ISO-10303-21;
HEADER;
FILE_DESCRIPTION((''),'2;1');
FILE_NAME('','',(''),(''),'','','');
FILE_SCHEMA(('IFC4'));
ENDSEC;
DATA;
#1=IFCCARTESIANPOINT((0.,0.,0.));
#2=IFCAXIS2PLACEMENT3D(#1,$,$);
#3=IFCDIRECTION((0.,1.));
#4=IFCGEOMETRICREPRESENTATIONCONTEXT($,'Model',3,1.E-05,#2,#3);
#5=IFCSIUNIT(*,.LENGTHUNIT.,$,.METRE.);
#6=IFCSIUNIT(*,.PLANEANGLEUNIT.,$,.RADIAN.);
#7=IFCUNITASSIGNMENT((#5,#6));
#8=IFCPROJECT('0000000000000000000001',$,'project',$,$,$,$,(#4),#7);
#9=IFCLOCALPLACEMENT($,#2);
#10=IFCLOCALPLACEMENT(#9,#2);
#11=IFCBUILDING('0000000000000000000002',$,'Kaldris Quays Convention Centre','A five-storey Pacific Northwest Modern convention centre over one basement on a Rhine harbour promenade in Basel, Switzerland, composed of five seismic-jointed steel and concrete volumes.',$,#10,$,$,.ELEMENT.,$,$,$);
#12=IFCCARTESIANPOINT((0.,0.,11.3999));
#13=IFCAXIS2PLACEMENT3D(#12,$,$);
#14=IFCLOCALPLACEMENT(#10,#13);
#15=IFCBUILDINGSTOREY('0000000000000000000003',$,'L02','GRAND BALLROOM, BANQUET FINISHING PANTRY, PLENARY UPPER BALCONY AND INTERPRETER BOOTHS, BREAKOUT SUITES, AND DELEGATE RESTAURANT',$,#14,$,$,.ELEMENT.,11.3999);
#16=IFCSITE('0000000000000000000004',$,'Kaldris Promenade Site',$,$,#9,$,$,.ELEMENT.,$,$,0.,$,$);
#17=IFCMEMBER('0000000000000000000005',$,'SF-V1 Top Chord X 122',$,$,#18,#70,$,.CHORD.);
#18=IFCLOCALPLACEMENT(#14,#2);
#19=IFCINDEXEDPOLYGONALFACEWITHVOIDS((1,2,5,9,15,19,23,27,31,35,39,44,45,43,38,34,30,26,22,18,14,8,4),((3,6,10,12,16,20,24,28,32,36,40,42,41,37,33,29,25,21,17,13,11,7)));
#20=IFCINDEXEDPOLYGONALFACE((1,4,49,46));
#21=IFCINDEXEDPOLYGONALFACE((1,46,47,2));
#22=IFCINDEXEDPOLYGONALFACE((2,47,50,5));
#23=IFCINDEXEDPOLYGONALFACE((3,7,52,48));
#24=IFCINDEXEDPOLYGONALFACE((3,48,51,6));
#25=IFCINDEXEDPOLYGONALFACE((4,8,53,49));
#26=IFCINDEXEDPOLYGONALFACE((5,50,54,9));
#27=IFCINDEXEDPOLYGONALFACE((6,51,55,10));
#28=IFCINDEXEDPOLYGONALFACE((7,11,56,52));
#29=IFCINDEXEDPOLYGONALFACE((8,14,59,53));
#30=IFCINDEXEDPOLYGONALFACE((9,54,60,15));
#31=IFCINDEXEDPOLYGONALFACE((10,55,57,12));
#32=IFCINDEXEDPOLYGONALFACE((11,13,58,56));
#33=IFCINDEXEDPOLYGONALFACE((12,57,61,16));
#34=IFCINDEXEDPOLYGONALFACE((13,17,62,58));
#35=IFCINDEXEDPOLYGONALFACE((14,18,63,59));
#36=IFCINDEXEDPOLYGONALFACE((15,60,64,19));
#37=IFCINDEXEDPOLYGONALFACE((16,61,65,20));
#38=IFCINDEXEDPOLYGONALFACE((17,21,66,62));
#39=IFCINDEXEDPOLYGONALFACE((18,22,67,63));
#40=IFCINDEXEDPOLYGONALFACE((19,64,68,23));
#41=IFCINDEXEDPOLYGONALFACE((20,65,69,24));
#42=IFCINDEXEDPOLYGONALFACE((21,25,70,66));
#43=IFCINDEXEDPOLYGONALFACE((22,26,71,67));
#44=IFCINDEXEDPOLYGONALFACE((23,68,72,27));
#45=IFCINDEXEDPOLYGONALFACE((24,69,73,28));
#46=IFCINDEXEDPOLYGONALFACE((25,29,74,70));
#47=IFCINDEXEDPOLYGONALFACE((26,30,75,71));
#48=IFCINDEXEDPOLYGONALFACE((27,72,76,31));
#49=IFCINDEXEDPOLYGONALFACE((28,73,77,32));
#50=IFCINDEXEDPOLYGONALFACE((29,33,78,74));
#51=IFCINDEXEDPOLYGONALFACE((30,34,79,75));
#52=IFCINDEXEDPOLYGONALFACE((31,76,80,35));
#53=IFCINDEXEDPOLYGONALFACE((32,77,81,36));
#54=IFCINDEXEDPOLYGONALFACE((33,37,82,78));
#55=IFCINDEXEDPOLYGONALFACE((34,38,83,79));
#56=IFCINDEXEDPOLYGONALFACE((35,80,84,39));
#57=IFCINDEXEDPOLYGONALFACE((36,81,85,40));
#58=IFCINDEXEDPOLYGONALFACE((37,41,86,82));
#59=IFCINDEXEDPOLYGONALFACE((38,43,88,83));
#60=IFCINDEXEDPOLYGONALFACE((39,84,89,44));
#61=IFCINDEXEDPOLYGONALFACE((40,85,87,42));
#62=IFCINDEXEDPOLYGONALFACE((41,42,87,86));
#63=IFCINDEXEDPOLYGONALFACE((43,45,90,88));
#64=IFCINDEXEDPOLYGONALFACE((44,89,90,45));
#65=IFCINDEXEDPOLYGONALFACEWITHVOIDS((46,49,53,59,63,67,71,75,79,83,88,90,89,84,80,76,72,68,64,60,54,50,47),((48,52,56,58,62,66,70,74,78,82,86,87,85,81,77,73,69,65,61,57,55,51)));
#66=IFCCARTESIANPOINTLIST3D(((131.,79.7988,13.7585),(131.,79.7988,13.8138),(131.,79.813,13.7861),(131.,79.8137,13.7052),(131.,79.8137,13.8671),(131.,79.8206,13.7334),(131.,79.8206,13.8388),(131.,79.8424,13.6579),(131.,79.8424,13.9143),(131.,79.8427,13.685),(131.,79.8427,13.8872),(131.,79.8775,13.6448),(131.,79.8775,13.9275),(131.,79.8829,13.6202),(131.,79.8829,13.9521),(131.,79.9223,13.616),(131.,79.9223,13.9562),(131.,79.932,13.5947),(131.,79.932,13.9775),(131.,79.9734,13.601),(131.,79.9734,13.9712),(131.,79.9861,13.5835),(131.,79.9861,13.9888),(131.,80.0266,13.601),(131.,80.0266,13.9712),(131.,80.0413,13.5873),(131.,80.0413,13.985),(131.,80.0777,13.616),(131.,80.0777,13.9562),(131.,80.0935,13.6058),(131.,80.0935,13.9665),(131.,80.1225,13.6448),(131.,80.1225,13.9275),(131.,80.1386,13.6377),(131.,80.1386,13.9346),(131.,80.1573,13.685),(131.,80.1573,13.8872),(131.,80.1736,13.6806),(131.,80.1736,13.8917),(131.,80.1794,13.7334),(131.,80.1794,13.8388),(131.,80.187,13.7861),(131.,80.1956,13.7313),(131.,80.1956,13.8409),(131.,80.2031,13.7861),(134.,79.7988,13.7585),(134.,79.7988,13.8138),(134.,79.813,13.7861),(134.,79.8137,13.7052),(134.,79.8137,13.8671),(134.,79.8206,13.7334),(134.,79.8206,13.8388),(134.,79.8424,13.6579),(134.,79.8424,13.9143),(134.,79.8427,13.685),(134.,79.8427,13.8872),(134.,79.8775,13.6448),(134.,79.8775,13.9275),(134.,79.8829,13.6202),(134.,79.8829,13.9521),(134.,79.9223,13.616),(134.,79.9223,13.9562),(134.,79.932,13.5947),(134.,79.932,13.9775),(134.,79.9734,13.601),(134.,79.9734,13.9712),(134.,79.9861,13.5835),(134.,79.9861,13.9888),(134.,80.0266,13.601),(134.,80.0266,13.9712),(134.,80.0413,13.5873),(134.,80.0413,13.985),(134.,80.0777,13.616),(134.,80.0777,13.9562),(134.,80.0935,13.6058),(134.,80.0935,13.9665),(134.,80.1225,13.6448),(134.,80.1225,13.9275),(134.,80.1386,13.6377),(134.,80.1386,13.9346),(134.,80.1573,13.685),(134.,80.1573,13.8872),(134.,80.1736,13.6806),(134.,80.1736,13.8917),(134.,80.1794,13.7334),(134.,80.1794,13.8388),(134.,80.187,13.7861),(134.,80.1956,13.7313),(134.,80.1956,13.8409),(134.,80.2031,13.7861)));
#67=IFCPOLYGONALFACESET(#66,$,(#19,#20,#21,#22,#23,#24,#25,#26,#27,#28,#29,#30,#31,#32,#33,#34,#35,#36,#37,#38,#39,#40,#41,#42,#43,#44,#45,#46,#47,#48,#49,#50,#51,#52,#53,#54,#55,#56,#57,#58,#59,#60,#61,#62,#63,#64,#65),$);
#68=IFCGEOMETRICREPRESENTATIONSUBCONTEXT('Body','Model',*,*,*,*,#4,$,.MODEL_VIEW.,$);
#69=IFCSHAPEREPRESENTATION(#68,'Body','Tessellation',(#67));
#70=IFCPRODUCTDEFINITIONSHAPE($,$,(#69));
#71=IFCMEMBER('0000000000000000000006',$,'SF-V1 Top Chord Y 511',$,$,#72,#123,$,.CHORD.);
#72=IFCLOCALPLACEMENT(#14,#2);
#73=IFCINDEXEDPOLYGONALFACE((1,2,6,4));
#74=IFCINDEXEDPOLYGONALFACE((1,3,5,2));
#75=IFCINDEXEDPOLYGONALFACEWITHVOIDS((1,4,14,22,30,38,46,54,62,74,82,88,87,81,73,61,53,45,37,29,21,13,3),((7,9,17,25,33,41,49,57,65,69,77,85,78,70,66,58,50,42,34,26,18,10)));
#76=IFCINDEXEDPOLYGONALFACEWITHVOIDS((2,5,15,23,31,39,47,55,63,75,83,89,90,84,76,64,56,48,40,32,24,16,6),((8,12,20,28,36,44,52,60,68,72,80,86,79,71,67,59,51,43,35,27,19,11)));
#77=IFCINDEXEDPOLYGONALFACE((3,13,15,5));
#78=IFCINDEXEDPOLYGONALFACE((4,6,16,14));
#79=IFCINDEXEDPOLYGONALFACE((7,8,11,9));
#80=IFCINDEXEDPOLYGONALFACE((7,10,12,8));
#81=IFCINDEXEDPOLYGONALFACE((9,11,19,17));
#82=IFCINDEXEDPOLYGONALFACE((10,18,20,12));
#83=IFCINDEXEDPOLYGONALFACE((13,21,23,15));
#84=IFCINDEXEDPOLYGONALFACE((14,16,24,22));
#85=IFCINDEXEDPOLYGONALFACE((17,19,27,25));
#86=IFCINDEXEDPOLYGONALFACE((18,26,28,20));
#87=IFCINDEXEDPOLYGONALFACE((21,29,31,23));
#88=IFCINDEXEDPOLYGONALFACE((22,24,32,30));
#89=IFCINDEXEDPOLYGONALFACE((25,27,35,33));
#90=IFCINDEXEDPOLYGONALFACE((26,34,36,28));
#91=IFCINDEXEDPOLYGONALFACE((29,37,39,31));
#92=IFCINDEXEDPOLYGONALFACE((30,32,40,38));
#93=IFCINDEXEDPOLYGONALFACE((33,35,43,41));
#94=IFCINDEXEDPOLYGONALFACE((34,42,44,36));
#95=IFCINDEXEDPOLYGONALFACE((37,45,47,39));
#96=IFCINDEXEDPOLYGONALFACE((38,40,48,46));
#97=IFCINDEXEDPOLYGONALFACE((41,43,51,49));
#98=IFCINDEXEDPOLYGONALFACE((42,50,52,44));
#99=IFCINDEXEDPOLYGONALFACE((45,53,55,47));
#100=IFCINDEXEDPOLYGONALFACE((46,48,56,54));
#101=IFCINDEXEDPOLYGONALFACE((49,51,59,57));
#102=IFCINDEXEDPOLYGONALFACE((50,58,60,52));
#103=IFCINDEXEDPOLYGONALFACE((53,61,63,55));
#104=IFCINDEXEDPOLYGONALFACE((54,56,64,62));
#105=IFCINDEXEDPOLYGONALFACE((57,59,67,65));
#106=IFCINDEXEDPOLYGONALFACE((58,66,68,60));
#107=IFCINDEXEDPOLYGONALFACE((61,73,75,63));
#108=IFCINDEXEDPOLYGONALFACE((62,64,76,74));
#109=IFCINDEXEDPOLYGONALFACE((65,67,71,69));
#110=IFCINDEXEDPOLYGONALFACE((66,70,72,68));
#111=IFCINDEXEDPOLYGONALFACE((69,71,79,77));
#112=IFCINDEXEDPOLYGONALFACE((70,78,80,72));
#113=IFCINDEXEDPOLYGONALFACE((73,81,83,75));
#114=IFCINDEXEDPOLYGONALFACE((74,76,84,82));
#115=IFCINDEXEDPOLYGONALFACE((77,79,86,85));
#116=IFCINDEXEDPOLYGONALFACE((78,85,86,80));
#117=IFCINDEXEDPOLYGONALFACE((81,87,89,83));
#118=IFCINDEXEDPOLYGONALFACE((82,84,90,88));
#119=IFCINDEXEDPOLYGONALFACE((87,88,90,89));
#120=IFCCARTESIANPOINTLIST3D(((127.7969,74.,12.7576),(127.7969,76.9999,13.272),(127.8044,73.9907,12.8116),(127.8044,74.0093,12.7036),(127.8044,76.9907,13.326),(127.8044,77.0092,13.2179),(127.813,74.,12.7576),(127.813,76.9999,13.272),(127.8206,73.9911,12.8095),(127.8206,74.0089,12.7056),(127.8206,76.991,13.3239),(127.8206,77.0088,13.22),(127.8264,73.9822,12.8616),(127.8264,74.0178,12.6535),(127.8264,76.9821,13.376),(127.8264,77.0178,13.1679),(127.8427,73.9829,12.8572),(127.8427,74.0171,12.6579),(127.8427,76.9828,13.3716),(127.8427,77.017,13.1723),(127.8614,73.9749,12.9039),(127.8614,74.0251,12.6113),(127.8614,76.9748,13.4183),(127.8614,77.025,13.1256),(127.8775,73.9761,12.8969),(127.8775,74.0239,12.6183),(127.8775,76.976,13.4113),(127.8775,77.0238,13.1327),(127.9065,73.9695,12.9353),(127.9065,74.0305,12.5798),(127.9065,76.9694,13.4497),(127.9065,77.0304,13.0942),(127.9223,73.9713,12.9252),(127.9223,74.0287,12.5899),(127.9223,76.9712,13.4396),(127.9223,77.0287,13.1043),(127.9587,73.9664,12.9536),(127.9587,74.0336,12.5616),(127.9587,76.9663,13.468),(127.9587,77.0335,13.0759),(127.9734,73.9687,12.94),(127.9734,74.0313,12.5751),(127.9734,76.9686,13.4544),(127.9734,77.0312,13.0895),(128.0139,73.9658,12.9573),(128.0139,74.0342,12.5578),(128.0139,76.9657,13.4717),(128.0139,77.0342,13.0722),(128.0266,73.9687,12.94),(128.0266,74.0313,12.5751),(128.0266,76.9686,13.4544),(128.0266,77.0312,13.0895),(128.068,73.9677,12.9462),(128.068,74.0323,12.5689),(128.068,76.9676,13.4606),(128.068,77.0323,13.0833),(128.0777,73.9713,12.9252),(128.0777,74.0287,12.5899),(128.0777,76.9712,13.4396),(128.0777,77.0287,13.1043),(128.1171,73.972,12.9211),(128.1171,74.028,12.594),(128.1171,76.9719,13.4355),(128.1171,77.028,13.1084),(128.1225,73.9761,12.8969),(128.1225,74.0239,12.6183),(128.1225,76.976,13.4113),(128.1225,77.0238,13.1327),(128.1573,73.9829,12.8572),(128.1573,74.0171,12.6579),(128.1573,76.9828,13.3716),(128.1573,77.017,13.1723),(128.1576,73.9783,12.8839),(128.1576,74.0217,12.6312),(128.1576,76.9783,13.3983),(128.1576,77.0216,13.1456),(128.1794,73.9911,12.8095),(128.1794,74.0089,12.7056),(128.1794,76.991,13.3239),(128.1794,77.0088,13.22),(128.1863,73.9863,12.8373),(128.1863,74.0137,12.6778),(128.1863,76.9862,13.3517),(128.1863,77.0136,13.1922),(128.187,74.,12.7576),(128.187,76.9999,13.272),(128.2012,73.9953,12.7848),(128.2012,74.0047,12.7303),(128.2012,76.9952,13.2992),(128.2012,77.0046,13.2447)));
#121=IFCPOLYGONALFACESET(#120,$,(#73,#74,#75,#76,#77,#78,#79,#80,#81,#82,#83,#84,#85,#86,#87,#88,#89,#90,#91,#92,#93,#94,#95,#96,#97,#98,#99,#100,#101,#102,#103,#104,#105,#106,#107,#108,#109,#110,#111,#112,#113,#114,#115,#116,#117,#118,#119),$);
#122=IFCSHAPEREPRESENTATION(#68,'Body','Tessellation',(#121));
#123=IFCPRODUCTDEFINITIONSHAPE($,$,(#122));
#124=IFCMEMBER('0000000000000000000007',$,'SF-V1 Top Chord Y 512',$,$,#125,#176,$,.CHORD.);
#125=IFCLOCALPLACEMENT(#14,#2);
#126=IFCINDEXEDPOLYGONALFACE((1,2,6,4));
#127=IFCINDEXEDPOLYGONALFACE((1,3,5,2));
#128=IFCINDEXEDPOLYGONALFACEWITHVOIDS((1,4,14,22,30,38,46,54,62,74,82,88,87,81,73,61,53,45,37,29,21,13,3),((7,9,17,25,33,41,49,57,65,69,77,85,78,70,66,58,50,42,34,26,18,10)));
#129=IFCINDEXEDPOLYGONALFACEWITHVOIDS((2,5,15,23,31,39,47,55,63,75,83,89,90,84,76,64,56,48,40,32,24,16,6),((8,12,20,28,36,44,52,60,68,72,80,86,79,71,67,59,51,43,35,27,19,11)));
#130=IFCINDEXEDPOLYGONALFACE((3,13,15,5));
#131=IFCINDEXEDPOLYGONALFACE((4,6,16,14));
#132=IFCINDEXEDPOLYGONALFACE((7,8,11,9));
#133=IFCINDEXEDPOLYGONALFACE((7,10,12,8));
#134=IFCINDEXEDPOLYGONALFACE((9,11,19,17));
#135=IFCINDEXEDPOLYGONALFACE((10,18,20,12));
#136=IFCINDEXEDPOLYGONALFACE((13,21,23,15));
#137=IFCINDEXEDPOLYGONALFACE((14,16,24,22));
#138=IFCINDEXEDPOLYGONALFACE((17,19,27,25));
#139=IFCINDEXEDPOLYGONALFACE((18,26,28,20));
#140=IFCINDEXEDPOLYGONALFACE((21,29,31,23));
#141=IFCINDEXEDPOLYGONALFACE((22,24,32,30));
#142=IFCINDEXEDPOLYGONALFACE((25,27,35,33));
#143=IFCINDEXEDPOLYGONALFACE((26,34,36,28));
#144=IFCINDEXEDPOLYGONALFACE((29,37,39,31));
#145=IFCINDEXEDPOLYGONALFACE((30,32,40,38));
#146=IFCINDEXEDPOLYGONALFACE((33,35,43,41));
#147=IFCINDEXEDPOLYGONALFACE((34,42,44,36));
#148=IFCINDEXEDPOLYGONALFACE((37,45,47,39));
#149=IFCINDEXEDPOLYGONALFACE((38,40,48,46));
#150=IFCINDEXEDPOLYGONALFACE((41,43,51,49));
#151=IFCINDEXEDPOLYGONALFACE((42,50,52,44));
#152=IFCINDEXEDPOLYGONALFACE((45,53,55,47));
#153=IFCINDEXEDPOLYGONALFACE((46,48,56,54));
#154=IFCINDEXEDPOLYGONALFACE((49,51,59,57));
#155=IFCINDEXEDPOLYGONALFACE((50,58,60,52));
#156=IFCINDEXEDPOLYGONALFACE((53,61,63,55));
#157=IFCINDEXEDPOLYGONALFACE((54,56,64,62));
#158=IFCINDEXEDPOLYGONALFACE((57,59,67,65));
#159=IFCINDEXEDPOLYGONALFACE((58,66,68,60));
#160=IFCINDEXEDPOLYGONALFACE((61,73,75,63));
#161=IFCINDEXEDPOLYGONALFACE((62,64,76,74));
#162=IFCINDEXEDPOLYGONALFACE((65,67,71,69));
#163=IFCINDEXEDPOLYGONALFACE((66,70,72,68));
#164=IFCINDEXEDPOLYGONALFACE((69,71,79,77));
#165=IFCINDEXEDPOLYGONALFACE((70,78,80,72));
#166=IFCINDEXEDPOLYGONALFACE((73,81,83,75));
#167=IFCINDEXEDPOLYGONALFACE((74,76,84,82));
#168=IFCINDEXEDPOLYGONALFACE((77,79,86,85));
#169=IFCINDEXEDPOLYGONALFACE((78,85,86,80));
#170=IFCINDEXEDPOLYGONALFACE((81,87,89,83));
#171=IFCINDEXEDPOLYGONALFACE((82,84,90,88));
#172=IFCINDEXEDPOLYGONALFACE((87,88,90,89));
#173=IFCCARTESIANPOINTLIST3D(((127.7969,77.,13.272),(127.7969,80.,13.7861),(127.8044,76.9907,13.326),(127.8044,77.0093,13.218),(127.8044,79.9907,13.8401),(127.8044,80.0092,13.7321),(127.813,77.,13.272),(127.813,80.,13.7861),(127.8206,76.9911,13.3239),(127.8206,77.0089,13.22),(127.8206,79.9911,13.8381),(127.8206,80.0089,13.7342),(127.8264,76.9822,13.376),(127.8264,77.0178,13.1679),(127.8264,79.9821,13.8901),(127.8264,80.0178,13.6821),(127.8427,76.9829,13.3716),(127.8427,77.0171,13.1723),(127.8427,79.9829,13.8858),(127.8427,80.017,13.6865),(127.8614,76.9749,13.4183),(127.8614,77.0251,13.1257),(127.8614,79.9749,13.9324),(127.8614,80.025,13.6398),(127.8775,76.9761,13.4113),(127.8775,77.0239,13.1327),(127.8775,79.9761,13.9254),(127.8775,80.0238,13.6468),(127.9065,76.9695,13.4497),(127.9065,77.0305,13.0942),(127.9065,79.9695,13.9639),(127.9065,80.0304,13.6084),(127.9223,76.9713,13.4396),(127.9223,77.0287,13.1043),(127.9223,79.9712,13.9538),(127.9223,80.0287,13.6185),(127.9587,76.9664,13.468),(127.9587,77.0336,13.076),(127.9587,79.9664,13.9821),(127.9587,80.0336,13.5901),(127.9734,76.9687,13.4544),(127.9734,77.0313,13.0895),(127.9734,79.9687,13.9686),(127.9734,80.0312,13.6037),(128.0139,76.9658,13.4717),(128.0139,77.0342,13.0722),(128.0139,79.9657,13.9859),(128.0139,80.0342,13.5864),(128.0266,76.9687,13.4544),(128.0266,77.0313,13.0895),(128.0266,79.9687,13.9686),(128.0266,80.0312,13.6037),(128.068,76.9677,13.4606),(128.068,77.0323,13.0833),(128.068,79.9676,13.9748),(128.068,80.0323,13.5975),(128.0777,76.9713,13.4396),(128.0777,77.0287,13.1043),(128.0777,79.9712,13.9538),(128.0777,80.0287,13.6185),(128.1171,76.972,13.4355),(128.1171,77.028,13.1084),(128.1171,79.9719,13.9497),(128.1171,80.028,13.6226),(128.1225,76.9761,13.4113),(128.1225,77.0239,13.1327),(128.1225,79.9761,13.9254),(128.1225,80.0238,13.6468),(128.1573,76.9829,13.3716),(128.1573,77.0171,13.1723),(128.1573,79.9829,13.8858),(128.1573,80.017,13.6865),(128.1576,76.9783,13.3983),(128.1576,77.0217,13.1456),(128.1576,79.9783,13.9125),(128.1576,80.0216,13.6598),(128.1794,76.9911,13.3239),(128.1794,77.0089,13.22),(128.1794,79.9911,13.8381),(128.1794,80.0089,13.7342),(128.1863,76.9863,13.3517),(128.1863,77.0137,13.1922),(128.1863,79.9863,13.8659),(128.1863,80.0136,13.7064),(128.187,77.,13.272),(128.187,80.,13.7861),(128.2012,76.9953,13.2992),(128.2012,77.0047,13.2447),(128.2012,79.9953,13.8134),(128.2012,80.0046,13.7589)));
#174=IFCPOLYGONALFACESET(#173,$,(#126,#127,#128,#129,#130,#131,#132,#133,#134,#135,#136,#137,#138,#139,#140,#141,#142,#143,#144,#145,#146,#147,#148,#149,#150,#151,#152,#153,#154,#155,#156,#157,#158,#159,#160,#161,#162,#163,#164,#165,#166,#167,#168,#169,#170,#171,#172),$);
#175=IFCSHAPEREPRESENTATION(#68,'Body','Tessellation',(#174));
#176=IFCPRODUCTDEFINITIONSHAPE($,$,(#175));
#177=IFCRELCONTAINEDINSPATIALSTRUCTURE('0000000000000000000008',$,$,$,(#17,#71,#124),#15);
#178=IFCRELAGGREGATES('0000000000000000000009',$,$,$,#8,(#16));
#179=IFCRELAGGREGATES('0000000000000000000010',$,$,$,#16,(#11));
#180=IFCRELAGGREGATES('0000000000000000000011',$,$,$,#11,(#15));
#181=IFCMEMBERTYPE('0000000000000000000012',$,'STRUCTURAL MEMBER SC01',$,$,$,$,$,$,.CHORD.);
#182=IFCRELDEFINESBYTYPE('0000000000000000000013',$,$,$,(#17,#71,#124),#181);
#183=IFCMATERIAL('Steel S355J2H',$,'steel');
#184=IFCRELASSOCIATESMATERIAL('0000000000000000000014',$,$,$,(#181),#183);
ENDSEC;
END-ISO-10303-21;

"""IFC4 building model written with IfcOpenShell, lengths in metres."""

from ifc_helpers import new_model, si_unit, direction, frame, origin, origin_2d, place, context, subcontext, project, spatial, hollow_circle, extrude, material, material_profile, profile_set, type_object, element, save


model = new_model("IFC4")

# Units and contexts
model_context = context("Model", 3, precision=1e-05, world=origin(), true_north=direction((0.0, 1.0)))
body_context = subcontext(model_context, "Body", "Model", "MODEL_VIEW")
ifc_project = project(units=[si_unit("LENGTHUNIT", "METRE"), si_unit("PLANEANGLEUNIT", "RADIAN")], contexts=[model_context])

# Site, building, storey
site_placement = place(None, origin())
site = spatial("IfcSite", under=ifc_project, at=site_placement, Name="Kaldris Promenade Site", CompositionType="ELEMENT", RefElevation=0.0)
building_placement = place(site_placement, origin())
building = spatial("IfcBuilding", under=site, at=building_placement, Name="Kaldris Quays Convention Centre", Description="A five-storey Pacific Northwest Modern convention centre over one basement on a Rhine harbour promenade in Basel, Switzerland, composed of five seismic-jointed steel and concrete volumes.", CompositionType="ELEMENT")
storey_placement = place(building_placement, frame((0.0, 0.0, 11.3999)))
storey = spatial("IfcBuildingStorey", under=building, at=storey_placement, Name="L02", Description="GRAND BALLROOM, BANQUET FINISHING PANTRY, PLENARY UPPER BALCONY AND INTERPRETER BOOTHS, BREAKOUT SUITES, AND DELEGATE RESTAURANT", CompositionType="ELEMENT", Elevation=11.3999)

# Members
ifc_material_1 = material(Name="Steel S355J2H", Category="steel")
ifc_material_profile_1 = material_profile(ifc_material_1, hollow_circle(Radius=0.2031, WallThickness=0.0161, at=origin_2d()), Name="CHS 406.4x16")
ifc_profile_set_1 = profile_set([ifc_material_profile_1], Name="Steel S355J2H")
member_type_1 = type_object("IfcMemberType", Name="STRUCTURAL MEMBER SC01", PredefinedType="CHORD", material=ifc_profile_set_1)
for number, where, z_axis, x_axis, name in (
    (1, (131.0, 80.0, 13.7861), (1.0, 0.0, 0.0), (0.0, 1.0, 0.0), "SF-V1 Top Chord X 122"),
):
    element("IfcMember", number, at=place(storey_placement, frame(where, z_axis=z_axis, x_axis=x_axis)), inside=storey, type_object=member_type_1, Name=name, PredefinedType="CHORD", context=body_context, shape_type="SweptSolid", body=[
        extrude(hollow_circle(Radius=0.2031, WallThickness=0.0161, at=origin_2d()), origin(), (0.0, 0.0, 1.0), 3.0),
    ])
for number, where, z_axis, x_axis, name in (
    (2, (128.0, 74.0, 12.7576), (0.0, 0.985616, 0.169002), (-1.0, 0.0, 0.0), "SF-V1 Top Chord Y 511"),
    (3, (128.0, 77.0, 13.272), (0.0, 0.985629, 0.168924), (-1.0, 0.0, 0.0), "SF-V1 Top Chord Y 512"),
):
    element("IfcMember", number, at=place(storey_placement, frame(where, z_axis=z_axis, x_axis=x_axis)), inside=storey, type_object=member_type_1, Name=name, PredefinedType="CHORD", context=body_context, shape_type="SweptSolid", body=[
        extrude(hollow_circle(Radius=0.2031, WallThickness=0.0161, at=origin_2d()), origin(), (0.0, 0.0, 1.0), 3.0437),
    ])

save(model, "model.ifc")
